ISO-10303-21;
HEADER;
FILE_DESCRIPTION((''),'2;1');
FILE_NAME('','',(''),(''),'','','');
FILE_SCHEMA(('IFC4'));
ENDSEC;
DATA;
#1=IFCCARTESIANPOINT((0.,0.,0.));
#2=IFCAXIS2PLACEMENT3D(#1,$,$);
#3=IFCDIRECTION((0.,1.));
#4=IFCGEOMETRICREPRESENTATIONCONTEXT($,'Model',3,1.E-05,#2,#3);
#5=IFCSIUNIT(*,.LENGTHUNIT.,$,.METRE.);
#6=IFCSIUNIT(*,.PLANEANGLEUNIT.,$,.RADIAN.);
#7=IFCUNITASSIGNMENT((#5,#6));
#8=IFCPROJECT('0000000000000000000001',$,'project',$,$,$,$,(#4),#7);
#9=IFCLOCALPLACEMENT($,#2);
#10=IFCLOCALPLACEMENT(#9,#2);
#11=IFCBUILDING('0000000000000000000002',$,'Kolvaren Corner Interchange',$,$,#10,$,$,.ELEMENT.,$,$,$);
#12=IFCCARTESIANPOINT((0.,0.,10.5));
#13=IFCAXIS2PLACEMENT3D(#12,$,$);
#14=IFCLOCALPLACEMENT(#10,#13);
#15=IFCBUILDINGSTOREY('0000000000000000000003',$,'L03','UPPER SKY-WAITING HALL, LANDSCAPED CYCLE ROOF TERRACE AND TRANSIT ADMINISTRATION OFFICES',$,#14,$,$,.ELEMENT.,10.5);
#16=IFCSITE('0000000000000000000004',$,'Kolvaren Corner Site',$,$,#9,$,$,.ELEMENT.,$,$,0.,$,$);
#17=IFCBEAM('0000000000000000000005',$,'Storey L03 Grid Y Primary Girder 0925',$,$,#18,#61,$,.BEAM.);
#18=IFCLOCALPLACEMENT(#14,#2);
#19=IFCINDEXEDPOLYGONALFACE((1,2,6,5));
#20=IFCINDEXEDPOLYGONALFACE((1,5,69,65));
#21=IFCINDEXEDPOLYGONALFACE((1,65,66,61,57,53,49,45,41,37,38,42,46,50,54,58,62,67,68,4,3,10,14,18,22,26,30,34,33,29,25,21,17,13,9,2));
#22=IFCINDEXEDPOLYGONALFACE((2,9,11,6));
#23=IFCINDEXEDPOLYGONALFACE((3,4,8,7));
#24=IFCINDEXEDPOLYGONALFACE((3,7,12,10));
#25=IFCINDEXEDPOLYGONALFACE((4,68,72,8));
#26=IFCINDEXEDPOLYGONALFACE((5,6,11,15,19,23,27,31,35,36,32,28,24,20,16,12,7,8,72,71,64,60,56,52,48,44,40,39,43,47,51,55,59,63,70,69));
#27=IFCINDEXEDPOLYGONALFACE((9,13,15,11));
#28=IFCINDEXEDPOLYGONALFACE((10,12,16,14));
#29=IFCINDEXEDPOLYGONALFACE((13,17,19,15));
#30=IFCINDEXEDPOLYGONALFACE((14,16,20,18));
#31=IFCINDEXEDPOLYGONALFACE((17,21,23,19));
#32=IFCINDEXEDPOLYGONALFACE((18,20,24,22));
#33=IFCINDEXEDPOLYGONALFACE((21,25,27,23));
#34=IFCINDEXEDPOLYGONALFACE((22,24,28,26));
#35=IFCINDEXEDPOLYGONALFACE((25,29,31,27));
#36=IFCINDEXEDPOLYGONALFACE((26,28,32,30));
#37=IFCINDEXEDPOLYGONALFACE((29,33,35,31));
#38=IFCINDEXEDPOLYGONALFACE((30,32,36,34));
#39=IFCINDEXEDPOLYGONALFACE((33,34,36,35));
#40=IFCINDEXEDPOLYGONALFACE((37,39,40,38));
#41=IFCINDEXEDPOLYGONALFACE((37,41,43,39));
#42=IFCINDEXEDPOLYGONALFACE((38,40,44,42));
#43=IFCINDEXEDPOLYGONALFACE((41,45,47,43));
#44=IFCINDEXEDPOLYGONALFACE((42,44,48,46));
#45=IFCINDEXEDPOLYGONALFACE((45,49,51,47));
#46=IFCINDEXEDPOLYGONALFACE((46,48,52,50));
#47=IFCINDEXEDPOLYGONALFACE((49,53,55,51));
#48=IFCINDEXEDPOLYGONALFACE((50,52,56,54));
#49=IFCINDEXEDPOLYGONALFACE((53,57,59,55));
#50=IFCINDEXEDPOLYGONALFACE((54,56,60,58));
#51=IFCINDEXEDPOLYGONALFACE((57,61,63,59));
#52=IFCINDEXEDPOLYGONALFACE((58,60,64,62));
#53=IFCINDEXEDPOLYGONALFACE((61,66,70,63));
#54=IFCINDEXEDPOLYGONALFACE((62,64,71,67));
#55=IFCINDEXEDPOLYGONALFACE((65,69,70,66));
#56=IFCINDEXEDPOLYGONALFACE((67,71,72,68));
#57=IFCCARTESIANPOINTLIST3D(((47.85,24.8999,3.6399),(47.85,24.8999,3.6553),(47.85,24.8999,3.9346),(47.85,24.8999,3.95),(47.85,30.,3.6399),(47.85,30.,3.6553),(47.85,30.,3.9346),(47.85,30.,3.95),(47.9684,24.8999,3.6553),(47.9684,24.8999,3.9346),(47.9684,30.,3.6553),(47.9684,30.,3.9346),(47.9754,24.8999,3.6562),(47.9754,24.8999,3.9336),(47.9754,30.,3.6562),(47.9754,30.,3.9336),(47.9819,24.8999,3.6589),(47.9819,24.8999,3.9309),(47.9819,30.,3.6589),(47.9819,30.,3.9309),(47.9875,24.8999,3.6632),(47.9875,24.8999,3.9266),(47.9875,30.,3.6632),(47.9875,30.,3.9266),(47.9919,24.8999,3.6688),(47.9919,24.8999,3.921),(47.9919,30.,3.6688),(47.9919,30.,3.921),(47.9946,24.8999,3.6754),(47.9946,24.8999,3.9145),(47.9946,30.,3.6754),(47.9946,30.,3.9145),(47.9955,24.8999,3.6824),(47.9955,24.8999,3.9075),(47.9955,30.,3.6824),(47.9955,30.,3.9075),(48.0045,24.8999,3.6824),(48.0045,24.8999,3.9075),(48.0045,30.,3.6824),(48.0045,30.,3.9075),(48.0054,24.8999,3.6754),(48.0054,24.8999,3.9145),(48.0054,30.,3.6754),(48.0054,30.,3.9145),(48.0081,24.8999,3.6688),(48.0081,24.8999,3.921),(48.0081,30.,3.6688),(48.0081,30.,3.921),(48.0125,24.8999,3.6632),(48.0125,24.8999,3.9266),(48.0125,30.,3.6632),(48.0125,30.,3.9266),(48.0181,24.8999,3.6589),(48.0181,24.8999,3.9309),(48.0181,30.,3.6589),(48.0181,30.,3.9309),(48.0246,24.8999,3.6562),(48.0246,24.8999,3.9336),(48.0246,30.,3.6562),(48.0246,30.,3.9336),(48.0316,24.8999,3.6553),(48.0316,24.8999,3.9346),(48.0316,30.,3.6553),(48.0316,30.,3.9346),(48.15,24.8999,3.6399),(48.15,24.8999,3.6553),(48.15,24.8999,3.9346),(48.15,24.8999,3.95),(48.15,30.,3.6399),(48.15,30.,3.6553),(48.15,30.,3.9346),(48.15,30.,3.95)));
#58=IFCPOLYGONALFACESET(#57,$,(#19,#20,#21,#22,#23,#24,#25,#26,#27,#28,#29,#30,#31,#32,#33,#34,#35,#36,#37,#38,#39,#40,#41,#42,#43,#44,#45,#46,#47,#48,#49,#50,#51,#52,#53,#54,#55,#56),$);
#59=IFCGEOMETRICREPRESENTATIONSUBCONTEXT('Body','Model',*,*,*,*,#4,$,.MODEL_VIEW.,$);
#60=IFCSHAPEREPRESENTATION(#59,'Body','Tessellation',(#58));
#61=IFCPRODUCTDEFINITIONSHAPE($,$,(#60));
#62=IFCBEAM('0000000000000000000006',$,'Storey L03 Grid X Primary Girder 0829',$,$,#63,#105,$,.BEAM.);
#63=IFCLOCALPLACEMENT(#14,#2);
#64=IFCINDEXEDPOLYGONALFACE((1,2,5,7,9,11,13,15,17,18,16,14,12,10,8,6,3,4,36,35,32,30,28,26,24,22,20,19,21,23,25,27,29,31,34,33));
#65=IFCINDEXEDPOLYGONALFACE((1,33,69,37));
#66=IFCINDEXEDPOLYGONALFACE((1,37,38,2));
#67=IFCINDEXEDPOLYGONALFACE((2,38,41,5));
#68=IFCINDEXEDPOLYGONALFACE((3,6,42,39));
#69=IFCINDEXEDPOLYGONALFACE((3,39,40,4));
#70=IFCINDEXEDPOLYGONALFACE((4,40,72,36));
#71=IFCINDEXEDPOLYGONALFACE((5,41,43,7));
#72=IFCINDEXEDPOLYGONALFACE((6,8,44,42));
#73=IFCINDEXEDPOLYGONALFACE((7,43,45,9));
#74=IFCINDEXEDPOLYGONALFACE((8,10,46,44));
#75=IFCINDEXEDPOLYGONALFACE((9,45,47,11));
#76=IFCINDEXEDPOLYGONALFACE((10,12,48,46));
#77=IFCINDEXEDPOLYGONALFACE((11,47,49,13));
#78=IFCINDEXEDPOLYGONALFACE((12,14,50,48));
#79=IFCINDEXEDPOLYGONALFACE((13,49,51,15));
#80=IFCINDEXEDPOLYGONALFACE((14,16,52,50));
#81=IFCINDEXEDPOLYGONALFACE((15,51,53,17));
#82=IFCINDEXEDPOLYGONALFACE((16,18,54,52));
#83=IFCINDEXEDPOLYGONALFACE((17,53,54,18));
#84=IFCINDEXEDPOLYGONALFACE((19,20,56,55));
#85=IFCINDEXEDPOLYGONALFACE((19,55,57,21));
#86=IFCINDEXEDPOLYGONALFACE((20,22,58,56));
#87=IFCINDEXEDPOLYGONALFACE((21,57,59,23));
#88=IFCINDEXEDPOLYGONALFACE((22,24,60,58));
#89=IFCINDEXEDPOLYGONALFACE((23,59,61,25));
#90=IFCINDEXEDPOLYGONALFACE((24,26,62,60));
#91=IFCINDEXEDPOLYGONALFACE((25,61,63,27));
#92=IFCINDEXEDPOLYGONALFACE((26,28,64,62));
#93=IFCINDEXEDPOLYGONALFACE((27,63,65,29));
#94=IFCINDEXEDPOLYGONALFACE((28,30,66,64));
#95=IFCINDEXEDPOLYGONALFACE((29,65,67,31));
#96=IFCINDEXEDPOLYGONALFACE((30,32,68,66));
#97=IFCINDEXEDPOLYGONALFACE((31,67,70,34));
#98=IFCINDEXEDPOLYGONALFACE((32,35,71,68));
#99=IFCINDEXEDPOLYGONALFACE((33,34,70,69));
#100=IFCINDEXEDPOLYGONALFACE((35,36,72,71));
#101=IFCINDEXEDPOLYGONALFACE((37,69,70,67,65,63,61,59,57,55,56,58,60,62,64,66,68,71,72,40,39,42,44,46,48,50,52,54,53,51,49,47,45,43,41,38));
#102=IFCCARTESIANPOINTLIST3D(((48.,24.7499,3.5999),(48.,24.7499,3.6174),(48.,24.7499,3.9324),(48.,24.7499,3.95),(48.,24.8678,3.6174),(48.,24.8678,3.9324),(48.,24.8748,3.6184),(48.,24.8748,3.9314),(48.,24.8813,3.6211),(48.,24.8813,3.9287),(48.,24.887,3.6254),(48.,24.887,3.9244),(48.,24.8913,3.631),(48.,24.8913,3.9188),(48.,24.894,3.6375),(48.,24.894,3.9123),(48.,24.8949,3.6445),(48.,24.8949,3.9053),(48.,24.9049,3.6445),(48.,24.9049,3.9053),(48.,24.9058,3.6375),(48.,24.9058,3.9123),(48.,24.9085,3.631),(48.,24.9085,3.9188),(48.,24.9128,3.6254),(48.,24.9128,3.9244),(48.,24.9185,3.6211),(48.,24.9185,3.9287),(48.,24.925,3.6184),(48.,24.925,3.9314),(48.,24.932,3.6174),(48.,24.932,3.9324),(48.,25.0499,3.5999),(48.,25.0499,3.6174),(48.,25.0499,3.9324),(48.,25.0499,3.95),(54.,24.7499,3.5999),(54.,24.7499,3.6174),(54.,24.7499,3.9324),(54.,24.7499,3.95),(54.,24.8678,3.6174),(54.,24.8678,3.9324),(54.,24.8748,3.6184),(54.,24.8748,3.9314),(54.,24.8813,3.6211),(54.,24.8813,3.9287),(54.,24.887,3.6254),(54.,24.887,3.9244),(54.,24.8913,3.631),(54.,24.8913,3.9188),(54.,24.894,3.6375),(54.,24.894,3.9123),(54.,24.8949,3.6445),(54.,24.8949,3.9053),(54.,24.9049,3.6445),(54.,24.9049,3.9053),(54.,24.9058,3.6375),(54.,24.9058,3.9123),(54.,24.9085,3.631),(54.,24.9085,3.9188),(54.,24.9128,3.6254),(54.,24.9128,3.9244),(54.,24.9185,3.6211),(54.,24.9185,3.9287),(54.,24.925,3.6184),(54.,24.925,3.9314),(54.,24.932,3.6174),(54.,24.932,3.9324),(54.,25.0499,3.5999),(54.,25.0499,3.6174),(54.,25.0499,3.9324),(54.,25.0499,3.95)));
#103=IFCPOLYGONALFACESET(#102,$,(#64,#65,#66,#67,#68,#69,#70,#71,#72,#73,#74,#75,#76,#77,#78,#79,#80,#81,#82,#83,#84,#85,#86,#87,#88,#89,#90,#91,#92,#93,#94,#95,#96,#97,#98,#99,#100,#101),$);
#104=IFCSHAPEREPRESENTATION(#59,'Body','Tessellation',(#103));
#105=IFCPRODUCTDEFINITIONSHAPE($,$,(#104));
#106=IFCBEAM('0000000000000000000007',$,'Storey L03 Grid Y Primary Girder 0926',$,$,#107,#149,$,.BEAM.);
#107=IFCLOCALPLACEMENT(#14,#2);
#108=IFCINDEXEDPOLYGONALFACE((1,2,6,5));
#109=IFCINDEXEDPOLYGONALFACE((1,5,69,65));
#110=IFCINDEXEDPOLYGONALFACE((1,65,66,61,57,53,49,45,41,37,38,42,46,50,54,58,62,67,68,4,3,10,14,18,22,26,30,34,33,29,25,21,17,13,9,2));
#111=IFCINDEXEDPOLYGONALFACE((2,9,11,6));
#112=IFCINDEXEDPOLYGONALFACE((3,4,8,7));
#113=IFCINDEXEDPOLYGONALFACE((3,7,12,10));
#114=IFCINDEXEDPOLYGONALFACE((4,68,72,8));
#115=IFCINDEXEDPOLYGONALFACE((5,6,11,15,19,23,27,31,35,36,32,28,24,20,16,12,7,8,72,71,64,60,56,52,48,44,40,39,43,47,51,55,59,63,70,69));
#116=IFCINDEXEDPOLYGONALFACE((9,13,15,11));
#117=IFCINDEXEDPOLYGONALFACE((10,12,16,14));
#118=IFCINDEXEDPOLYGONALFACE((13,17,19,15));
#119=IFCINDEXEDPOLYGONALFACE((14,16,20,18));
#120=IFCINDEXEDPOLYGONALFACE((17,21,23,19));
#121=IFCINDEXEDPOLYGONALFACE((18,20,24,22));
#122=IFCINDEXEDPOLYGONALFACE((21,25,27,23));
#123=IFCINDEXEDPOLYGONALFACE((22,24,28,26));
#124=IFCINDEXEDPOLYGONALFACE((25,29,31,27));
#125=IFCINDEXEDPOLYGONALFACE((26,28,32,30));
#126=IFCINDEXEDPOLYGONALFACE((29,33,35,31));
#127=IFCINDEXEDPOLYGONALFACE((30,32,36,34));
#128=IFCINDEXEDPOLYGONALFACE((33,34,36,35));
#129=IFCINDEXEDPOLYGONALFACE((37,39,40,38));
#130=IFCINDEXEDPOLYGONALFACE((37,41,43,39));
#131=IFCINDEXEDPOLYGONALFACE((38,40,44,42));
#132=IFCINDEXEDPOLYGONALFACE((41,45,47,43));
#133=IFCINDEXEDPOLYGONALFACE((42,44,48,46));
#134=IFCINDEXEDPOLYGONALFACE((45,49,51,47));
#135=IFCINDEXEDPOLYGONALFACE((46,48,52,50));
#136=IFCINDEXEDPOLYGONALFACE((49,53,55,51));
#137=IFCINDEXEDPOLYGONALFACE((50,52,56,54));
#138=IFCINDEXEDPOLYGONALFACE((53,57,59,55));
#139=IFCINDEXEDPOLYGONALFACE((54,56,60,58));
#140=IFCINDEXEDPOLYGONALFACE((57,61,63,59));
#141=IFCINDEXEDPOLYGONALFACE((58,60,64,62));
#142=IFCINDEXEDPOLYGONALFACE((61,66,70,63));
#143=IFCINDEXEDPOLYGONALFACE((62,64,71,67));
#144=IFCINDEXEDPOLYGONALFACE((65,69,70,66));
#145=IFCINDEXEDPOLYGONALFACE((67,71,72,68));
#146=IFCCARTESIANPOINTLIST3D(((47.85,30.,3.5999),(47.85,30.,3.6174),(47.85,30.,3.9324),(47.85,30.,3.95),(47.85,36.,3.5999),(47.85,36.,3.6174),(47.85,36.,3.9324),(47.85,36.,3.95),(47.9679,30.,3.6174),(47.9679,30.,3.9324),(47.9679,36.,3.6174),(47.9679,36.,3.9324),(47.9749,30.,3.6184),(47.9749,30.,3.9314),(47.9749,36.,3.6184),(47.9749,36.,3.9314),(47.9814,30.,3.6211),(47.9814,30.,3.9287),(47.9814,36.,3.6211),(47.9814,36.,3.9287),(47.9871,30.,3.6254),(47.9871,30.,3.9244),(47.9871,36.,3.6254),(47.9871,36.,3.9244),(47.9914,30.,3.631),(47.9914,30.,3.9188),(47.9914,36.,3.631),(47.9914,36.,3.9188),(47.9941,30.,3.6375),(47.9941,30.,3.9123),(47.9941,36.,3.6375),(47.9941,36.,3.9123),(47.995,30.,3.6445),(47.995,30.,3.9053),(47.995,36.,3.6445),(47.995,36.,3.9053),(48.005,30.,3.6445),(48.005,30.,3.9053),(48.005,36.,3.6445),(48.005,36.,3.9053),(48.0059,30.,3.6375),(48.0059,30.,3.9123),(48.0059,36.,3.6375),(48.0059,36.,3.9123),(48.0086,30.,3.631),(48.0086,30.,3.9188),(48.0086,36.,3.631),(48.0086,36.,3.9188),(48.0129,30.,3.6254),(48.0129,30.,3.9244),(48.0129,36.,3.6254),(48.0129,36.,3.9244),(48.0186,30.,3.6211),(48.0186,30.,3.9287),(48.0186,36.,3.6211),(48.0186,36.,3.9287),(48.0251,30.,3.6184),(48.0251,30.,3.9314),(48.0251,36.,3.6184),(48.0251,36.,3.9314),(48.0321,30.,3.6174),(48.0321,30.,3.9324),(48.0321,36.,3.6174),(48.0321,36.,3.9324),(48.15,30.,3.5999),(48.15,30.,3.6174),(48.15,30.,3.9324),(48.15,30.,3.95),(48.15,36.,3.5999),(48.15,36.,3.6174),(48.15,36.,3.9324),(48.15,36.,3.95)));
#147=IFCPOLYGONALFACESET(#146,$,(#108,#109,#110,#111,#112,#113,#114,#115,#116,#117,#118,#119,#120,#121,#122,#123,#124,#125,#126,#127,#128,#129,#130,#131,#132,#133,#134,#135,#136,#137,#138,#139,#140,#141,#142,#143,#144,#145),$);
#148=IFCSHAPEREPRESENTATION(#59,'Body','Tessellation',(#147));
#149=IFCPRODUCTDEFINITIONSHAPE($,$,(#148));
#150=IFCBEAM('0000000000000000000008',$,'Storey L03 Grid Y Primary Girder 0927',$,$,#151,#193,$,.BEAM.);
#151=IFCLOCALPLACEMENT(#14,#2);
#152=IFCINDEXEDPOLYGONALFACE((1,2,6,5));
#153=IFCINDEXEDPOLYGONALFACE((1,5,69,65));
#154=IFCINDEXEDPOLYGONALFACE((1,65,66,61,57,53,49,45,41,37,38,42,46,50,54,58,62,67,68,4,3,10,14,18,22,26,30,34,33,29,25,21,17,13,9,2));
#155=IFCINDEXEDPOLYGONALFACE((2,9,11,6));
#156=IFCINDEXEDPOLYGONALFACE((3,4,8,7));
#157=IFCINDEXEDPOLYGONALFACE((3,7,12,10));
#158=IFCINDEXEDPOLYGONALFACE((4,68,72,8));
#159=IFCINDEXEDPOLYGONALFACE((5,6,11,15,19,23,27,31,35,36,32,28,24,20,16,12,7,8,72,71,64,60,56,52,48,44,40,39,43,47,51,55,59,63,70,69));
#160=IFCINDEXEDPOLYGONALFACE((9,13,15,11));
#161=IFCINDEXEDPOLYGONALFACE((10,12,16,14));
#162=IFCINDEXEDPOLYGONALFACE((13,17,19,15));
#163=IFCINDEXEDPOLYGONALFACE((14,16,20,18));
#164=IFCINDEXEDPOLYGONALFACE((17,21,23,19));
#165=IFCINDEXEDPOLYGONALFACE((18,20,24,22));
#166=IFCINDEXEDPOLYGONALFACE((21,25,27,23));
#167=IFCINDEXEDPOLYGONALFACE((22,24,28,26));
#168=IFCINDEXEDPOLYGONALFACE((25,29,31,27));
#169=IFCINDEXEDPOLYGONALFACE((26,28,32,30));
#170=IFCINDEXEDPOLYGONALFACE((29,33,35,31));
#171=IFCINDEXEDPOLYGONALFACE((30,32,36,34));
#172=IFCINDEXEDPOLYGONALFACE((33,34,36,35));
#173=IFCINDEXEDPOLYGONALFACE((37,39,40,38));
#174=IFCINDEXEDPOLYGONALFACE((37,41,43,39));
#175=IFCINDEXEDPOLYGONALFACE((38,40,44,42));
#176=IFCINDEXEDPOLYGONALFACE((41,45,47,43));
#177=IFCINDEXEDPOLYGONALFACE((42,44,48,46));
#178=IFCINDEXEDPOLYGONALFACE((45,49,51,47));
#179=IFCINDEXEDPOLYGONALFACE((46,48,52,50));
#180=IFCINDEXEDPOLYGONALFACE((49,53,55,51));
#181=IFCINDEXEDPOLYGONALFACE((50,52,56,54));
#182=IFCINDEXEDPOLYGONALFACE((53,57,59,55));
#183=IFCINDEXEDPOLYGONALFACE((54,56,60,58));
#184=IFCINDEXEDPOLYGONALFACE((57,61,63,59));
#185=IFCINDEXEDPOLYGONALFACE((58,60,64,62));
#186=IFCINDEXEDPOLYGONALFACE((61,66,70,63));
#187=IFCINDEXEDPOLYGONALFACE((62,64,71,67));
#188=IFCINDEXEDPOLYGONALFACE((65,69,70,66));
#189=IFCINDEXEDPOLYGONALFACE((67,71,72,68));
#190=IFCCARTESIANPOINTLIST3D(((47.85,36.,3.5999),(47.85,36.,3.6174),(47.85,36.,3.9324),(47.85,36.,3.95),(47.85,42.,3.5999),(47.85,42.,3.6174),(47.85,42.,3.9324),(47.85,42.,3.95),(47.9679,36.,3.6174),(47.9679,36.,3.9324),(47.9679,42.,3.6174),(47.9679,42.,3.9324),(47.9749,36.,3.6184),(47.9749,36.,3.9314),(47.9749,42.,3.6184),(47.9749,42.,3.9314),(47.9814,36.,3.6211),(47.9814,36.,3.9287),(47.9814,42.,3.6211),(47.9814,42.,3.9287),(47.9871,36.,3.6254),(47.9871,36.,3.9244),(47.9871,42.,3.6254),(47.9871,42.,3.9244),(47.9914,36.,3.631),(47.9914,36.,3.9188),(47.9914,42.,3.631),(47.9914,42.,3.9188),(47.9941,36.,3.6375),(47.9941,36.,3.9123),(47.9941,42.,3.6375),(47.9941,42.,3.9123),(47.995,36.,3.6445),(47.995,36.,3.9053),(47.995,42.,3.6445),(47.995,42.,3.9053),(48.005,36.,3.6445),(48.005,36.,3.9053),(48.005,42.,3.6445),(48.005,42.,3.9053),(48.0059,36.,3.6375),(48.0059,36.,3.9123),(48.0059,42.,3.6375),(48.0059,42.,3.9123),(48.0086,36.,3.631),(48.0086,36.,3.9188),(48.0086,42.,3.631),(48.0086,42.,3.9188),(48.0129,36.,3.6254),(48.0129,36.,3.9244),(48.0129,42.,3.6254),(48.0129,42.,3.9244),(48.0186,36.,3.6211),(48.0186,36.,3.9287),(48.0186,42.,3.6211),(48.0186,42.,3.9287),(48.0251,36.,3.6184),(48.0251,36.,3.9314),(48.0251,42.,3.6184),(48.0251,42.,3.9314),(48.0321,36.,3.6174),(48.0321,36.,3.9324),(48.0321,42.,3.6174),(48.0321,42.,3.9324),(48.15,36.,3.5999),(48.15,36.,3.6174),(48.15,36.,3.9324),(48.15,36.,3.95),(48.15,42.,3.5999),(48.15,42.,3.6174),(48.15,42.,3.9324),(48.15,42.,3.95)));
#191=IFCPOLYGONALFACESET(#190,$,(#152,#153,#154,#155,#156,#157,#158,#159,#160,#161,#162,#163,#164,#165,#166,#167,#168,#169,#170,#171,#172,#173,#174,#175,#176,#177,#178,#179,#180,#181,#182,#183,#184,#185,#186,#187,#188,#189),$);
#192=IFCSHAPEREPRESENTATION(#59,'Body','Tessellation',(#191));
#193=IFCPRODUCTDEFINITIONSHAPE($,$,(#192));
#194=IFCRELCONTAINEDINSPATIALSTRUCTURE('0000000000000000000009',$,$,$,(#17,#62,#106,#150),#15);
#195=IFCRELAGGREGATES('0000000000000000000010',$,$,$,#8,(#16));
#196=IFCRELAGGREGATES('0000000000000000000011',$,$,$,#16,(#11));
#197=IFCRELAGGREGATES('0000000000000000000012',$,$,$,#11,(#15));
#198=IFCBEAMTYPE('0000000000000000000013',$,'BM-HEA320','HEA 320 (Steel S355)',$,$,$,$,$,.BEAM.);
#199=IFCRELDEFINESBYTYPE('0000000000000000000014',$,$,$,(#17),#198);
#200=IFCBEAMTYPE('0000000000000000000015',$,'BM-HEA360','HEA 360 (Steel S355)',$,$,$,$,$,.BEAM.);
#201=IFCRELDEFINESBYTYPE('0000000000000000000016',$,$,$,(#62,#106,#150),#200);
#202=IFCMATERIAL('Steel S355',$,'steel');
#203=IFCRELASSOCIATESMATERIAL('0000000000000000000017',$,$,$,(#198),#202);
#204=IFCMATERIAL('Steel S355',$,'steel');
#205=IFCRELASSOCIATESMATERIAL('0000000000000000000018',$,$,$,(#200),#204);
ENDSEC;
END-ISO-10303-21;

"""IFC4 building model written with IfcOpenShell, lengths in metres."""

from ifc_helpers import new_model, si_unit, direction, frame, origin, origin_2d, place, context, subcontext, project, spatial, i_section, extrude, material, material_profile, profile_set, type_object, element, save


model = new_model("IFC4")

# Units and contexts
model_context = context("Model", 3, precision=1e-05, world=origin(), true_north=direction((0.0, 1.0)))
body_context = subcontext(model_context, "Body", "Model", "MODEL_VIEW")
ifc_project = project(units=[si_unit("LENGTHUNIT", "METRE"), si_unit("PLANEANGLEUNIT", "RADIAN")], contexts=[model_context])

# Site, building, storey
site_placement = place(None, origin())
site = spatial("IfcSite", under=ifc_project, at=site_placement, Name="Kolvaren Corner Site", CompositionType="ELEMENT", RefElevation=0.0)
building_placement = place(site_placement, origin())
building = spatial("IfcBuilding", under=site, at=building_placement, Name="Kolvaren Corner Interchange", CompositionType="ELEMENT")
storey_placement = place(building_placement, frame((0.0, 0.0, 10.5)))
storey = spatial("IfcBuildingStorey", under=building, at=storey_placement, Name="L03", Description="UPPER SKY-WAITING HALL, LANDSCAPED CYCLE ROOF TERRACE AND TRANSIT ADMINISTRATION OFFICES", CompositionType="ELEMENT", Elevation=10.5)

# Beams
ifc_material_1 = material(Name="Steel S355", Category="steel")
ifc_material_profile_1 = material_profile(ifc_material_1, i_section(OverallWidth=0.3, OverallDepth=0.3101, WebThickness=0.009, FlangeThickness=0.0154, FilletRadius=0.0271, at=origin_2d()), Name="HEA 320")
ifc_profile_set_1 = profile_set([ifc_material_profile_1], Name="Steel S355")
beam_type_1 = type_object("IfcBeamType", Name="BM-HEA320", Description="HEA 320 (Steel S355)", PredefinedType="BEAM", material=ifc_profile_set_1)
beam_1_placement = place(storey_placement, frame((48.0, 24.8999, 3.7949), z_axis=(0.0, 1.0, 0.0), x_axis=(-1.0, 0.0, 0.0)))
element("IfcBeam", 1, at=beam_1_placement, inside=storey, type_object=beam_type_1, Name="Storey L03 Grid Y Primary Girder 0925", PredefinedType="BEAM", context=body_context, shape_type="SweptSolid", body=[
    extrude(i_section(OverallWidth=0.3, OverallDepth=0.3101, WebThickness=0.009, FlangeThickness=0.0154, FilletRadius=0.0271, at=origin_2d()), origin(), (0.0, 0.0, 1.0), 5.1001),
])
ifc_material_2 = material(Name="Steel S355", Category="steel")
ifc_material_profile_2 = material_profile(ifc_material_2, i_section(OverallWidth=0.3, OverallDepth=0.3501, WebThickness=0.01, FlangeThickness=0.0176, FilletRadius=0.0271, at=origin_2d()), Name="HEA 360")
ifc_profile_set_2 = profile_set([ifc_material_profile_2], Name="Steel S355")
beam_type_2 = type_object("IfcBeamType", Name="BM-HEA360", Description="HEA 360 (Steel S355)", PredefinedType="BEAM", material=ifc_profile_set_2)
for number, where, z_axis, x_axis, name in (
    (2, (48.0, 24.8999, 3.7749), (1.0, 0.0, 0.0), (0.0, 1.0, 0.0), "Storey L03 Grid X Primary Girder 0829"),
    (3, (48.0, 30.0, 3.7749), (0.0, 1.0, 0.0), (-1.0, 0.0, 0.0), "Storey L03 Grid Y Primary Girder 0926"),
    (4, (48.0, 36.0, 3.7749), (0.0, 1.0, 0.0), (-1.0, 0.0, 0.0), "Storey L03 Grid Y Primary Girder 0927"),
):
    element("IfcBeam", number, at=place(storey_placement, frame(where, z_axis=z_axis, x_axis=x_axis)), inside=storey, type_object=beam_type_2, Name=name, PredefinedType="BEAM", context=body_context, shape_type="SweptSolid", body=[
        extrude(i_section(OverallWidth=0.3, OverallDepth=0.3501, WebThickness=0.01, FlangeThickness=0.0176, FilletRadius=0.0271, at=origin_2d()), origin(), (0.0, 0.0, 1.0), 6.0),
    ])

save(model, "model.ifc")
